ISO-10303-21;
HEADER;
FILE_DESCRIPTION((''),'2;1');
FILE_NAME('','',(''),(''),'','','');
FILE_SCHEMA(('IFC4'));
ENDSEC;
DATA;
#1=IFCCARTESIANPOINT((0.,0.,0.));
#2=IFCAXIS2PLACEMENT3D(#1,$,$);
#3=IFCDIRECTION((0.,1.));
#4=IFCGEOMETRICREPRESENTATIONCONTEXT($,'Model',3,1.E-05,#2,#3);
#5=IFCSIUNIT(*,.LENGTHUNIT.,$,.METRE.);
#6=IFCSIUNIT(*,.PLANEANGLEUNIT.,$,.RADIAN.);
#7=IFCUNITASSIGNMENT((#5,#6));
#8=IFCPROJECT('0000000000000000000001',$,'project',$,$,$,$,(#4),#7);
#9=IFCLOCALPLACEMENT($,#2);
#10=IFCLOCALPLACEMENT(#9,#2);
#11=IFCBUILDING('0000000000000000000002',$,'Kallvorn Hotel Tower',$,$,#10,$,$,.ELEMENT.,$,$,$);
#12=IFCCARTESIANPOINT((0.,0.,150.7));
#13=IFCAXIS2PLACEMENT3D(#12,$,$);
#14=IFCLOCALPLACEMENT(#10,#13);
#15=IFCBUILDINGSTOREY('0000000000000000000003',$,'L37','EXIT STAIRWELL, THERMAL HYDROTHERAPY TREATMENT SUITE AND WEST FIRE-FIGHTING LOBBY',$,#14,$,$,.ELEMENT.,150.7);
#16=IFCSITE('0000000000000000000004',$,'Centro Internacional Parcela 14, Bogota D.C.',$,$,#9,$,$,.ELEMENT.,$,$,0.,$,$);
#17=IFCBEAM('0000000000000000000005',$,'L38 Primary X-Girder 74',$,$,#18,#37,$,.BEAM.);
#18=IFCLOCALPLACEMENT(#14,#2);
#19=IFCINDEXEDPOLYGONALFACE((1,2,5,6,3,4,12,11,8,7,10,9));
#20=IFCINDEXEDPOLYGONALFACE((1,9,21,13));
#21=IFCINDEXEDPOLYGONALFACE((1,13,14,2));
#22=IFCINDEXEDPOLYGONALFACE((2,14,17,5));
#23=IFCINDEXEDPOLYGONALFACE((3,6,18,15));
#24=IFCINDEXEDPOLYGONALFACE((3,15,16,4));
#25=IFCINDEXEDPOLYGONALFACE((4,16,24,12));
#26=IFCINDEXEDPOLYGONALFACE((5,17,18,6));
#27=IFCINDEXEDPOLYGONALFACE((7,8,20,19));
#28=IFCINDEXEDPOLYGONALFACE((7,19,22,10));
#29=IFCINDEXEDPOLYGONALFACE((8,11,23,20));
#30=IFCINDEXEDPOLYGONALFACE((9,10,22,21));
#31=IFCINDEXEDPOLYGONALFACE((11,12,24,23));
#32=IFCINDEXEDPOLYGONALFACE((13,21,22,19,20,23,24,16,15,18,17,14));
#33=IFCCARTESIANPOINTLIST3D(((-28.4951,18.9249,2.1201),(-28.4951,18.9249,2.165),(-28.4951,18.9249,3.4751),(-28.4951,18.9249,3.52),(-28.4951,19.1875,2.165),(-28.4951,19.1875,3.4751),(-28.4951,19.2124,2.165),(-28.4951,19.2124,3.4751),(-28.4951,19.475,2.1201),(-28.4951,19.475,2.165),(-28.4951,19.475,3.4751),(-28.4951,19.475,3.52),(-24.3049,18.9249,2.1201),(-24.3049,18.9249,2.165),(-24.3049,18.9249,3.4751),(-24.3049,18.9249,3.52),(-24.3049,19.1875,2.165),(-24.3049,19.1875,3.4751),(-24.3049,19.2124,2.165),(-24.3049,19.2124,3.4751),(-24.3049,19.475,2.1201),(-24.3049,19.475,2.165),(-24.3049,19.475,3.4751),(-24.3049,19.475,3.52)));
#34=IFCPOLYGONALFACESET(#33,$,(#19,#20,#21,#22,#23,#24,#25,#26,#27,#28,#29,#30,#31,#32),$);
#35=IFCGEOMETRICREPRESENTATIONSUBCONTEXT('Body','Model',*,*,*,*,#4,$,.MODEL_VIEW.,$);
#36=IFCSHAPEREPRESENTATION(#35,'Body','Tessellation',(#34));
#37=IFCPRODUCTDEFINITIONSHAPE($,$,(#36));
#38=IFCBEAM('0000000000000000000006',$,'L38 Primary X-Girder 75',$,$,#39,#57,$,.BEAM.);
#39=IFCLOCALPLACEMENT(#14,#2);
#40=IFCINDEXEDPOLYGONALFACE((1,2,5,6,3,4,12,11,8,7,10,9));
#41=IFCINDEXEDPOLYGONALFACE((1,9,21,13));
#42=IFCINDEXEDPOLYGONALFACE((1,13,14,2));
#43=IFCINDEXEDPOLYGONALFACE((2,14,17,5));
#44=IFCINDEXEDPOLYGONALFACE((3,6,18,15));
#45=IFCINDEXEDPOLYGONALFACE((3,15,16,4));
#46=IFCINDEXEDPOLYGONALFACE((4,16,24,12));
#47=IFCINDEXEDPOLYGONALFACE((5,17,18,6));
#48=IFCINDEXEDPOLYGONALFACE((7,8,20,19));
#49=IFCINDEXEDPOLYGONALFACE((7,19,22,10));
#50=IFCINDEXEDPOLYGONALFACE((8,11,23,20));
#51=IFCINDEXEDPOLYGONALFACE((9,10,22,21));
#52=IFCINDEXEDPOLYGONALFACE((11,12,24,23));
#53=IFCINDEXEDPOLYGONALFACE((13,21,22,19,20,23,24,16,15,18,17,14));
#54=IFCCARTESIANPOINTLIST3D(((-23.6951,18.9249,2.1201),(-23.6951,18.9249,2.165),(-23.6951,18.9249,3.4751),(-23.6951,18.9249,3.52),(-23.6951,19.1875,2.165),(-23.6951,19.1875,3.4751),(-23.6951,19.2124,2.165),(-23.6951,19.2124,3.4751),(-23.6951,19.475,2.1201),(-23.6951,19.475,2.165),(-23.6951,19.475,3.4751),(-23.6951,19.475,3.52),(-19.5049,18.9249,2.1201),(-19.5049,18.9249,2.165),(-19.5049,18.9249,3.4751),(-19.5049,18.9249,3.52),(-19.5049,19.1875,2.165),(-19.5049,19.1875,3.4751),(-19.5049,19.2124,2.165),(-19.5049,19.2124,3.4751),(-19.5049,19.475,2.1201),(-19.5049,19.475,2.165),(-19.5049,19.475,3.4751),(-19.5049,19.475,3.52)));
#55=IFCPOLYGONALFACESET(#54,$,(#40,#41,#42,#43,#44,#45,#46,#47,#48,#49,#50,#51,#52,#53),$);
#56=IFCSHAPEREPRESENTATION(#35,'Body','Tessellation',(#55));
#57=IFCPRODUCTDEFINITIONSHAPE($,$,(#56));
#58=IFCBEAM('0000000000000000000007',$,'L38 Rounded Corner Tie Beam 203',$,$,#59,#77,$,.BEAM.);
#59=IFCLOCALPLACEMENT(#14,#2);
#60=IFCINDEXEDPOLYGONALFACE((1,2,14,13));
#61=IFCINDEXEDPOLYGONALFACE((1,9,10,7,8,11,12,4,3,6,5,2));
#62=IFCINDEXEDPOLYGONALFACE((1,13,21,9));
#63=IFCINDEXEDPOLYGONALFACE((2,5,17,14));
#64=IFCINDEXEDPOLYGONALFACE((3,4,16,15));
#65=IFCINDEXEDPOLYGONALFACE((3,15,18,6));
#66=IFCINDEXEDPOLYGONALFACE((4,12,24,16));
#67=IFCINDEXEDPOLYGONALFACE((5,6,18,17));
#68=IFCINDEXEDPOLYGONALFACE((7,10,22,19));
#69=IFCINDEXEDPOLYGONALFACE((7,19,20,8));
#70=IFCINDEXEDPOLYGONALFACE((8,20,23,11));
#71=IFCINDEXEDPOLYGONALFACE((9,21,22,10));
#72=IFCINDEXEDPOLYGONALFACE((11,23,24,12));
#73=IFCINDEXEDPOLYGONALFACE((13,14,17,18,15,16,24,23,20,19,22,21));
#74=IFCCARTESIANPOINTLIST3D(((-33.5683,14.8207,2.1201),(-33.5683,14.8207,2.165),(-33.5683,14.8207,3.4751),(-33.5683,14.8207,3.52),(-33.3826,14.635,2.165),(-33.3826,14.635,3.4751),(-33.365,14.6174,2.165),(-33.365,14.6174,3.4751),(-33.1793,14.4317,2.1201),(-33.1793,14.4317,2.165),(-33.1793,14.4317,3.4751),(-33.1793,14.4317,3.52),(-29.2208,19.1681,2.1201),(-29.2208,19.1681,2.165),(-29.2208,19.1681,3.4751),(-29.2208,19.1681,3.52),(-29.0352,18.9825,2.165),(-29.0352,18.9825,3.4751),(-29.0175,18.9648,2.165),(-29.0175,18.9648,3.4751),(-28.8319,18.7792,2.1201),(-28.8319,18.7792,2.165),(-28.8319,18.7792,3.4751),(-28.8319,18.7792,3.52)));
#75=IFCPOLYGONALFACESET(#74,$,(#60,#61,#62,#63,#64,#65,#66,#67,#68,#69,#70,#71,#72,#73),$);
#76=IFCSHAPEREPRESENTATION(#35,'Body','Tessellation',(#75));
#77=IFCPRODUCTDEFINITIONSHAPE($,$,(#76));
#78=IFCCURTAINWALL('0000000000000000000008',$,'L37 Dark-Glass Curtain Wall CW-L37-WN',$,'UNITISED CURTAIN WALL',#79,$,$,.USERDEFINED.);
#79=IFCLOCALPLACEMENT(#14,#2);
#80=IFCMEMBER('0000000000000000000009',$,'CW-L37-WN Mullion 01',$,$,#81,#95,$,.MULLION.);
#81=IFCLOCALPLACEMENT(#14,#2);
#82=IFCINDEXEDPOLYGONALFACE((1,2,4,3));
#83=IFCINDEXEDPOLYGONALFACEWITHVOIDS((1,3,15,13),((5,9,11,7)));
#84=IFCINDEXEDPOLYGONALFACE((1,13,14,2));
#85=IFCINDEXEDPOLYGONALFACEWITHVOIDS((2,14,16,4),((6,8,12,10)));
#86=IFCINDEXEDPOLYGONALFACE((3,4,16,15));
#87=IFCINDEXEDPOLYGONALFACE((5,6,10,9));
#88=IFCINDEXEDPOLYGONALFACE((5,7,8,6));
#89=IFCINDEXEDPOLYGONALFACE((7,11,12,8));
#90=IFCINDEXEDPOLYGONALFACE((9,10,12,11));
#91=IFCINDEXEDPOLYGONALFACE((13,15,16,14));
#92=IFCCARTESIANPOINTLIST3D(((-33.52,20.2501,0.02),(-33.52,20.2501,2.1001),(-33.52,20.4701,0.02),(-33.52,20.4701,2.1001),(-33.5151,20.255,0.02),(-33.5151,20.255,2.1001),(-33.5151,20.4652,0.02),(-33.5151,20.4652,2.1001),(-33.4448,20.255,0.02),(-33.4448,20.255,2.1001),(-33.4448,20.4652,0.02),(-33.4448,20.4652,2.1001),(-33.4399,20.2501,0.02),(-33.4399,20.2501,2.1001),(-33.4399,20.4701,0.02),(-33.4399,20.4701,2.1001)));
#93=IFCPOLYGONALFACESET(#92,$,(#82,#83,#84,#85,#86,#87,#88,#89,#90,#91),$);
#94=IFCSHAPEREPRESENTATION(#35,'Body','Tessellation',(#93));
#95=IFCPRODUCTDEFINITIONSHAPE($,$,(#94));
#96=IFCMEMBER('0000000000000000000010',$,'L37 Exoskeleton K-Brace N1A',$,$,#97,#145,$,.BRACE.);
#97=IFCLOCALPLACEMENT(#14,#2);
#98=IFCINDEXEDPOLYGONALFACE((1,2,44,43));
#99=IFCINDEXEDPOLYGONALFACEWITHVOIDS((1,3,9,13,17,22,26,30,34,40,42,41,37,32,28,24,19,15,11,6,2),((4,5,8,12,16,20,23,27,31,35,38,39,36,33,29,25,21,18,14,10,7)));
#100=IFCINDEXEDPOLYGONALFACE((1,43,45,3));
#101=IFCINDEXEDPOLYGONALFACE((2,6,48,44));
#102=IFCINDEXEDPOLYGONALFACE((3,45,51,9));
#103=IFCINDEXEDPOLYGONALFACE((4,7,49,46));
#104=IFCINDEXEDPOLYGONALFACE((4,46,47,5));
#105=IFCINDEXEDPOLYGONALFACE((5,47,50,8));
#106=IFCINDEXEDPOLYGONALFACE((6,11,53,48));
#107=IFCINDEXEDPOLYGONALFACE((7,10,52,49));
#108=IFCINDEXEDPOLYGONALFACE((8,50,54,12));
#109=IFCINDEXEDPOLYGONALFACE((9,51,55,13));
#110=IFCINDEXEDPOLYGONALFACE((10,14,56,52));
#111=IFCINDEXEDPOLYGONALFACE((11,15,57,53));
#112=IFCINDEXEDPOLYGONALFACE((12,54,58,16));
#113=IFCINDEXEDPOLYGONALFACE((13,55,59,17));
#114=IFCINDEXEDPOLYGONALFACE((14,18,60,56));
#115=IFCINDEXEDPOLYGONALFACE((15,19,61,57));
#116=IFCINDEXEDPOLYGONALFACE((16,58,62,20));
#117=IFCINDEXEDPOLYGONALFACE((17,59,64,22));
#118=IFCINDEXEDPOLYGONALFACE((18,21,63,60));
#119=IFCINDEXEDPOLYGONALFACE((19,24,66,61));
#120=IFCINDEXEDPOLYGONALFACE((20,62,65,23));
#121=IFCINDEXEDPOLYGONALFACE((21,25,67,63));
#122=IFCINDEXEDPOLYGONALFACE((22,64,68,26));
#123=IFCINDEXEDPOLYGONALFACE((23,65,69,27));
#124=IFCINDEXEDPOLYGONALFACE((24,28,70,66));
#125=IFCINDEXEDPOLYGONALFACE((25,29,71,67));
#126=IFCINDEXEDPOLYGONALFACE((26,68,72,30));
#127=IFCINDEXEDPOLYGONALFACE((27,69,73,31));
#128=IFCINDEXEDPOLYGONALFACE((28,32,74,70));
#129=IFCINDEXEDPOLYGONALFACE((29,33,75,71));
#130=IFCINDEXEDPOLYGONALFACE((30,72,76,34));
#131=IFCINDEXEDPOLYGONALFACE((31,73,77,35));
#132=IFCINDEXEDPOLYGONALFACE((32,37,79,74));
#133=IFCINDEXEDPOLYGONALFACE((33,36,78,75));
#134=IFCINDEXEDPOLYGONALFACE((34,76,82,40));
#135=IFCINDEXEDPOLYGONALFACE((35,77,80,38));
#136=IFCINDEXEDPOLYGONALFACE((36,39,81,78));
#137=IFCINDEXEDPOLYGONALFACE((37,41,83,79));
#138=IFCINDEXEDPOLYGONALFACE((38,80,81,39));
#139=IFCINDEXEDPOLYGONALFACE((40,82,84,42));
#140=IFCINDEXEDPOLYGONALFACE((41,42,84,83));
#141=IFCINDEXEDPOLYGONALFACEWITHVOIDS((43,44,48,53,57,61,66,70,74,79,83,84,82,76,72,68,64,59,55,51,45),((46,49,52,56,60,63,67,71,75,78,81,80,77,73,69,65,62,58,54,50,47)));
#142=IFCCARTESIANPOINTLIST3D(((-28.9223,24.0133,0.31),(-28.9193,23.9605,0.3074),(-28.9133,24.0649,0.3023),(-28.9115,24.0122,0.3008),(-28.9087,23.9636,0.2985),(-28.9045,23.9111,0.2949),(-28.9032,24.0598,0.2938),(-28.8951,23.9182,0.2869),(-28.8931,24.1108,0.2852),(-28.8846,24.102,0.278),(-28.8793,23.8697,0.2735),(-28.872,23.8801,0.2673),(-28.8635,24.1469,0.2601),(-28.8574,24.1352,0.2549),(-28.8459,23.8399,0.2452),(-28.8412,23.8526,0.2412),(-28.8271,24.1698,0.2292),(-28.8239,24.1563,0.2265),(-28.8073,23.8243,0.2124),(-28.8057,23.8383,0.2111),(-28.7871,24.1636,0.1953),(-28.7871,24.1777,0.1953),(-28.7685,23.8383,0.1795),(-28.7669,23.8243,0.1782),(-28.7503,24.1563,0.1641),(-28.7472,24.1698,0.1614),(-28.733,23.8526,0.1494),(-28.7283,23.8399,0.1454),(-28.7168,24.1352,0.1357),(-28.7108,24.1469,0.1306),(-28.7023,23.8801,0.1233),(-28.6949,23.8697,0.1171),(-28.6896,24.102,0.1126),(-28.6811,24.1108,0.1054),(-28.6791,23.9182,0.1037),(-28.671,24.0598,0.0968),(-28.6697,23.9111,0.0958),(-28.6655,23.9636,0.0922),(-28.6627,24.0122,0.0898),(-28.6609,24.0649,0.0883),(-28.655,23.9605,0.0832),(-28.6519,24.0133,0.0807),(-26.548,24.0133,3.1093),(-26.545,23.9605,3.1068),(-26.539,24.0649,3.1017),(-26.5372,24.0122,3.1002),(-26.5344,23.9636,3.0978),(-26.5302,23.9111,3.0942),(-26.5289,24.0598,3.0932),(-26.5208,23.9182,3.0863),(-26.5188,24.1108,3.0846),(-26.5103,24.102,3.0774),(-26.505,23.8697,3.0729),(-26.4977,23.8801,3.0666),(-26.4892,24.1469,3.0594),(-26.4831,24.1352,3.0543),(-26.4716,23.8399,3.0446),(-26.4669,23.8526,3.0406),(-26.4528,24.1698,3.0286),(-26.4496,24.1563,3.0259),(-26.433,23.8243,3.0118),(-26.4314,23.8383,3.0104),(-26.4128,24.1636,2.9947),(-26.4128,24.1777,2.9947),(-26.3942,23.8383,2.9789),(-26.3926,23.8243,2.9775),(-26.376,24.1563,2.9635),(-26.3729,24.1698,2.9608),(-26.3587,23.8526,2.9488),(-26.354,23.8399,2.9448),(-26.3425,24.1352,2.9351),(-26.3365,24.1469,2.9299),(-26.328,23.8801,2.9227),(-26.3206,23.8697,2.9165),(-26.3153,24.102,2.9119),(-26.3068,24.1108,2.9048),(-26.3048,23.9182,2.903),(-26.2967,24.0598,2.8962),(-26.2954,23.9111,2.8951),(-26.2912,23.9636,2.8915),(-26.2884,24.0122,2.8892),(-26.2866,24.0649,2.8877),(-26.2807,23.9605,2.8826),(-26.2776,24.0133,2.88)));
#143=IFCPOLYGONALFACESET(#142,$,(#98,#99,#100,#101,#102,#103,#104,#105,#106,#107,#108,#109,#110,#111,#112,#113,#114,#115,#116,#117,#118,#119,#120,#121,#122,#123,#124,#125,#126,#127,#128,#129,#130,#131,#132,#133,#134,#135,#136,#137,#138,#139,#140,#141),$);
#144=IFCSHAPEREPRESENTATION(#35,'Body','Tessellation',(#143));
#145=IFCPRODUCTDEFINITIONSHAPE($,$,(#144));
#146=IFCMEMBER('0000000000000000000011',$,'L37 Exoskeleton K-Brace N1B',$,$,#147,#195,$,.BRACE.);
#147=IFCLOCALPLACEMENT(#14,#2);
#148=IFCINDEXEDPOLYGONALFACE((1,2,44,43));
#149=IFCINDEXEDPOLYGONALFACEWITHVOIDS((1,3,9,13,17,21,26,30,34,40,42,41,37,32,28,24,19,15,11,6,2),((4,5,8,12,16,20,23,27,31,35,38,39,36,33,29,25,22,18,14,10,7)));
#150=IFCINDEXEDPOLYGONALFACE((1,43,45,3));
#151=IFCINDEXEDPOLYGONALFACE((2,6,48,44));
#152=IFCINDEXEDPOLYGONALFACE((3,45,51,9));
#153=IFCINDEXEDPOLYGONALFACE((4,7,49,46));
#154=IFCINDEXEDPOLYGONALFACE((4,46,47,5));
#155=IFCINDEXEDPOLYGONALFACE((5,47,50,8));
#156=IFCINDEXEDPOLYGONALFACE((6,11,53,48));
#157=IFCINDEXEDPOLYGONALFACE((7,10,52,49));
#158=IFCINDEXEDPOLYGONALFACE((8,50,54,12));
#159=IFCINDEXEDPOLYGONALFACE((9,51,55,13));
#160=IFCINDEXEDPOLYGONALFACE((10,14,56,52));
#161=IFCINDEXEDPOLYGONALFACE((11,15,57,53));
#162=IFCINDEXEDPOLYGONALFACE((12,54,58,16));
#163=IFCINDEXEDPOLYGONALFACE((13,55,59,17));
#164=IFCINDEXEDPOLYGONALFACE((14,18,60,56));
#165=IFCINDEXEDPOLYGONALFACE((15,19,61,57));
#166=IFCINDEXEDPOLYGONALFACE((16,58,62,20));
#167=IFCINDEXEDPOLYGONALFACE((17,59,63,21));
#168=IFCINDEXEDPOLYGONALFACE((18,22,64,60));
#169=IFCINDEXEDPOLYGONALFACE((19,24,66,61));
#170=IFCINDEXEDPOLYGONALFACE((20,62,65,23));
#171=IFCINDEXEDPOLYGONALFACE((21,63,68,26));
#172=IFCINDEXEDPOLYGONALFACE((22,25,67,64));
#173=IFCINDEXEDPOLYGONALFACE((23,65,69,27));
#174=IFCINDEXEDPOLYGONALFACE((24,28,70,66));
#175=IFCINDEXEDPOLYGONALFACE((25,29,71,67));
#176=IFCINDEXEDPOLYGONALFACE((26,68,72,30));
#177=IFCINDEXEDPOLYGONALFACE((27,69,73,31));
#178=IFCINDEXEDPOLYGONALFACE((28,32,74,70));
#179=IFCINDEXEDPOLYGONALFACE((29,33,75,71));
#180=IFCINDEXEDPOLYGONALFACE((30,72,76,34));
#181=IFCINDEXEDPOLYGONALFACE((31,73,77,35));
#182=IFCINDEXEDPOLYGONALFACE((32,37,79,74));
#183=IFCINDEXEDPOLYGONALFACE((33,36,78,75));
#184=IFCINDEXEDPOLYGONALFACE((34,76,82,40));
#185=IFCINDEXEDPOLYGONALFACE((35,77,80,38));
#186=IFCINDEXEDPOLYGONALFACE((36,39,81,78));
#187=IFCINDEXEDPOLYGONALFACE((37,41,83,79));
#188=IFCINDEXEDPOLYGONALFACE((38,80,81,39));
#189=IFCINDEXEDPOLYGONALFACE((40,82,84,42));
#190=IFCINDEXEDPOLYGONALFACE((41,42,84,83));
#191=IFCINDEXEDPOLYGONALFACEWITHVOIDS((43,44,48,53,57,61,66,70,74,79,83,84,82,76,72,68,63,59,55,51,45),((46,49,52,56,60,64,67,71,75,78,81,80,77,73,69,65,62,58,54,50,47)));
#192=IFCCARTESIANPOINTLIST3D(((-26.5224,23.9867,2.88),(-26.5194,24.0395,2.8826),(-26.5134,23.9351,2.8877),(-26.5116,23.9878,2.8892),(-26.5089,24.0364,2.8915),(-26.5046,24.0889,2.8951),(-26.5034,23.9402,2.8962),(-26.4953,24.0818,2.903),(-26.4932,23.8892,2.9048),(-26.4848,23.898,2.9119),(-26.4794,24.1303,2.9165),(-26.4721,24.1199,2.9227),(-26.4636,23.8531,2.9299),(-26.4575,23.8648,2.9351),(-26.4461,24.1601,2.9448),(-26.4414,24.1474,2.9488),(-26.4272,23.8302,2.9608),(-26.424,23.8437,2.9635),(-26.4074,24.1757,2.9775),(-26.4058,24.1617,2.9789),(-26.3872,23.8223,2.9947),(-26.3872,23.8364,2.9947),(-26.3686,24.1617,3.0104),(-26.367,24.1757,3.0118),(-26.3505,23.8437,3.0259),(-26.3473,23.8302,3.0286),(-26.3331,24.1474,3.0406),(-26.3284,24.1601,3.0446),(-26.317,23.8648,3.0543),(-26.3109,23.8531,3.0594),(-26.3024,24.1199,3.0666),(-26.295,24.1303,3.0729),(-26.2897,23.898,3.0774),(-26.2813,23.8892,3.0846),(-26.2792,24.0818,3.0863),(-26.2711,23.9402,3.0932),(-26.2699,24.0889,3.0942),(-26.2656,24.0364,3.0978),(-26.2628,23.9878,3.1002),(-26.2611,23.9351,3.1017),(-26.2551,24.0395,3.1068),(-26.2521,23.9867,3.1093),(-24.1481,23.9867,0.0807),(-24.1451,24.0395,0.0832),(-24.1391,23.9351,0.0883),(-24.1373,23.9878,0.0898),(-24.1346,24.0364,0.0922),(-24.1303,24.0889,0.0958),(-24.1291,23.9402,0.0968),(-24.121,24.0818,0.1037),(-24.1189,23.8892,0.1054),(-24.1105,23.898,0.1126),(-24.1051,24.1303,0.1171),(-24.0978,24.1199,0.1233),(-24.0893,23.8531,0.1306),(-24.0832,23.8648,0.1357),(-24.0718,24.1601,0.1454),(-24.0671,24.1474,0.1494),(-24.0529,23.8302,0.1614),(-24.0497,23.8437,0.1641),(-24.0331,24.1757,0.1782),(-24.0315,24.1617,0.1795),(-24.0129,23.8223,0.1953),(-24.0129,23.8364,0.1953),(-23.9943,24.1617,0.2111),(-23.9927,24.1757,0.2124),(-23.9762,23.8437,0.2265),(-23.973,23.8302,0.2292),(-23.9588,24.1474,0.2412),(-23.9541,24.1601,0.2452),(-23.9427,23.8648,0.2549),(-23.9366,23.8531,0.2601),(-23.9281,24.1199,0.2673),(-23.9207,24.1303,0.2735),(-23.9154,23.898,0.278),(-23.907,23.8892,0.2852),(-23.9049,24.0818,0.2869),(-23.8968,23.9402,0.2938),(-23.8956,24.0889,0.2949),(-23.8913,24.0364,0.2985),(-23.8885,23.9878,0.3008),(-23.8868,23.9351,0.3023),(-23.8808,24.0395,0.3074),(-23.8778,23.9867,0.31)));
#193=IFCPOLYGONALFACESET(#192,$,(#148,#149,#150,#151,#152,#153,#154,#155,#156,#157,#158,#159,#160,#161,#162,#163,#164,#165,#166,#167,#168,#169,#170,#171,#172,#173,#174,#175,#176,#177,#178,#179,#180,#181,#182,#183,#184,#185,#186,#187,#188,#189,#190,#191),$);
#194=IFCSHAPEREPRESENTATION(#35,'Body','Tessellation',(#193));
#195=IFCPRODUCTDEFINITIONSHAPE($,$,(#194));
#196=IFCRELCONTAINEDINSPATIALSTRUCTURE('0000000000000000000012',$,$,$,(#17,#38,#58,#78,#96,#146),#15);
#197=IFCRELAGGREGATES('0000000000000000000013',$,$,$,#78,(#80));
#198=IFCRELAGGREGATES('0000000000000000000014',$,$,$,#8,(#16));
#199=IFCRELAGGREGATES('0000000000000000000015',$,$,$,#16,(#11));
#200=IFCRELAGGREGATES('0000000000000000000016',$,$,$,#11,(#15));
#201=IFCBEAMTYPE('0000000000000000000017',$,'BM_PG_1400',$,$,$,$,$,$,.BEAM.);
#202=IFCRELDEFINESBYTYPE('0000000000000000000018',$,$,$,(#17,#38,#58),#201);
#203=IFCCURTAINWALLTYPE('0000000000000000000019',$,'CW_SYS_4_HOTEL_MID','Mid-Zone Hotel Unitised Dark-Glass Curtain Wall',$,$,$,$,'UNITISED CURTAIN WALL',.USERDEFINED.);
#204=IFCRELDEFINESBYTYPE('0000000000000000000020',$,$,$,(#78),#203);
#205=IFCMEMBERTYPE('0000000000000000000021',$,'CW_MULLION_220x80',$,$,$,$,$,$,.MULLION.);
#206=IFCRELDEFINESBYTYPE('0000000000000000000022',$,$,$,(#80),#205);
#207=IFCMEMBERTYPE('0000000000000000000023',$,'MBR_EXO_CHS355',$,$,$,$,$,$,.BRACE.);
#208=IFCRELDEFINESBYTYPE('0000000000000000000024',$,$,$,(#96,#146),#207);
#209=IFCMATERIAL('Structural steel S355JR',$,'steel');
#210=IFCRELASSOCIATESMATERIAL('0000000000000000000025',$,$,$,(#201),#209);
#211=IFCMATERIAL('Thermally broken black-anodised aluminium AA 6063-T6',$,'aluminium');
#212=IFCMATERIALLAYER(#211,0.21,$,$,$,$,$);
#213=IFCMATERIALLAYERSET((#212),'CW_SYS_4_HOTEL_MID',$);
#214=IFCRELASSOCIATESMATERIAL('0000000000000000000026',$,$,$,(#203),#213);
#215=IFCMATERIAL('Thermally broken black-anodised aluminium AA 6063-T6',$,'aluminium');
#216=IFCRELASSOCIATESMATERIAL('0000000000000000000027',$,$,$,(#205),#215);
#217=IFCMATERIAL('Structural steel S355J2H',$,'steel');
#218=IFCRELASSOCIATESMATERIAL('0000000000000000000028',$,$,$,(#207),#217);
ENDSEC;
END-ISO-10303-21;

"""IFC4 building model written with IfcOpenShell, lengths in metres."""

from ifc_helpers import new_model, si_unit, direction, frame, origin, origin_2d, place, context, subcontext, project, spatial, hollow_rectangle, hollow_circle, i_section, extrude, material, layer, layer_set, material_profile, profile_set, type_object, element, aggregate, save


model = new_model("IFC4")

# Units and contexts
model_context = context("Model", 3, precision=1e-05, world=origin(), true_north=direction((0.0, 1.0)))
body_context = subcontext(model_context, "Body", "Model", "MODEL_VIEW")
ifc_project = project(units=[si_unit("LENGTHUNIT", "METRE"), si_unit("PLANEANGLEUNIT", "RADIAN")], contexts=[model_context])

# Site, building, storey
site_placement = place(None, origin())
site = spatial("IfcSite", under=ifc_project, at=site_placement, Name="Centro Internacional Parcela 14, Bogota D.C.", CompositionType="ELEMENT", RefElevation=0.0)
building_placement = place(site_placement, origin())
building = spatial("IfcBuilding", under=site, at=building_placement, Name="Kallvorn Hotel Tower", CompositionType="ELEMENT")
storey_placement = place(building_placement, frame((0.0, 0.0, 150.7)))
storey = spatial("IfcBuildingStorey", under=building, at=storey_placement, Name="L37", Description="EXIT STAIRWELL, THERMAL HYDROTHERAPY TREATMENT SUITE AND WEST FIRE-FIGHTING LOBBY", CompositionType="ELEMENT", Elevation=150.7)

# Beams
ifc_material_1 = material(Name="Structural steel S355JR", Category="steel")
ifc_material_profile_1 = material_profile(ifc_material_1, i_section(OverallWidth=0.55, OverallDepth=1.3999, WebThickness=0.0249, FlangeThickness=0.0449, at=origin_2d()), Name="PG 1400x550x25x45")
ifc_profile_set_1 = profile_set([ifc_material_profile_1], Name="Structural steel S355JR")
beam_type_1 = type_object("IfcBeamType", Name="BM_PG_1400", PredefinedType="BEAM", material=ifc_profile_set_1)
for number, where, z_axis, x_axis, name in (
    (1, (-28.4951, 19.2, 2.8201), (1.0, 0.0, 0.0), (0.0, 1.0, 0.0), "L38 Primary X-Girder 74"),
    (2, (-23.6951, 19.2, 2.8201), (1.0, 0.0, 0.0), (0.0, 1.0, 0.0), "L38 Primary X-Girder 75"),
):
    element("IfcBeam", number, at=place(storey_placement, frame(where, z_axis=z_axis, x_axis=x_axis)), inside=storey, type_object=beam_type_1, Name=name, PredefinedType="BEAM", context=body_context, shape_type="SweptSolid", body=[
        extrude(i_section(OverallWidth=0.55, OverallDepth=1.3999, WebThickness=0.0249, FlangeThickness=0.0449, at=origin_2d()), origin(), (0.0, 0.0, 1.0), 4.1902),
    ])
beam_1_placement = place(storey_placement, frame((-33.3738, 14.6262, 2.8201), z_axis=(0.707107, 0.707107, 0.0), x_axis=(-0.707107, 0.707107, 0.0)))
element("IfcBeam", 3, at=beam_1_placement, inside=storey, type_object=beam_type_1, Name="L38 Rounded Corner Tie Beam 203", PredefinedType="BEAM", context=body_context, shape_type="SweptSolid", body=[
    extrude(i_section(OverallWidth=0.55, OverallDepth=1.3999, WebThickness=0.0249, FlangeThickness=0.0449, at=origin_2d()), origin(), (0.0, 0.0, 1.0), 6.1482),
])

# Curtain wall, member
ifc_material_2 = material(Name="Thermally broken black-anodised aluminium AA 6063-T6", Category="aluminium")
ifc_layer_1 = layer(ifc_material_2, 0.21)
ifc_layer_set_1 = layer_set([ifc_layer_1], Name="CW_SYS_4_HOTEL_MID")
curtain_wall_type = type_object("IfcCurtainWallType", Name="CW_SYS_4_HOTEL_MID", Description="Mid-Zone Hotel Unitised Dark-Glass Curtain Wall", ElementType="UNITISED CURTAIN WALL", PredefinedType="USERDEFINED", material=ifc_layer_set_1)
curtain_wall_placement = place(storey_placement, origin())
curtain_wall = element("IfcCurtainWall", 4, at=curtain_wall_placement, inside=storey, type_object=curtain_wall_type, Name="L37 Dark-Glass Curtain Wall CW-L37-WN", ObjectType="UNITISED CURTAIN WALL", PredefinedType="USERDEFINED")
ifc_material_3 = material(Name="Thermally broken black-anodised aluminium AA 6063-T6", Category="aluminium")
ifc_material_profile_2 = material_profile(ifc_material_3, hollow_rectangle(XDim=0.0801, YDim=0.22, WallThickness=0.0049, at=origin_2d()), Name="MUL 220x80")
ifc_profile_set_2 = profile_set([ifc_material_profile_2], Name="Thermally broken black-anodised aluminium AA 6063-T6")
member_type_1 = type_object("IfcMemberType", Name="CW_MULLION_220x80", PredefinedType="MULLION", material=ifc_profile_set_2)
member_placement = place(storey_placement, frame((-33.48, 20.3601, 0.02), z_axis=(0.0, 0.0, 1.0), x_axis=(1.0, 0.0, 0.0)))
member = element("IfcMember", 5, at=member_placement, type_object=member_type_1, Name="CW-L37-WN Mullion 01", PredefinedType="MULLION", context=body_context, shape_type="SweptSolid", body=[
    extrude(hollow_rectangle(XDim=0.0801, YDim=0.22, WallThickness=0.0049, at=origin_2d()), origin(), (0.0, 0.0, 1.0), 2.0801),
])
aggregate(curtain_wall, [member])

# Members
ifc_material_4 = material(Name="Structural steel S355J2H", Category="steel")
ifc_material_profile_3 = material_profile(ifc_material_4, hollow_circle(Radius=0.1777, WallThickness=0.0142, at=origin_2d()), Name="CHS 355.6x14.2")
ifc_profile_set_3 = profile_set([ifc_material_profile_3], Name="Structural steel S355J2H")
member_type_2 = type_object("IfcMemberType", Name="MBR_EXO_CHS355", PredefinedType="BRACE", material=ifc_profile_set_3)
for number, where, z_axis, x_axis, name in (
    (6, (-28.7871, 24.0, 0.1953), (0.646833, 0.0, 0.762631), (0.0, 1.0, 0.0), "L37 Exoskeleton K-Brace N1A"),
    (7, (-24.0129, 24.0, 0.1953), (-0.646833, 0.0, 0.762631), (0.0, -1.0, 0.0), "L37 Exoskeleton K-Brace N1B"),
):
    element("IfcMember", number, at=place(storey_placement, frame(where, z_axis=z_axis, x_axis=x_axis)), inside=storey, type_object=member_type_2, Name=name, PredefinedType="BRACE", context=body_context, shape_type="SweptSolid", body=[
        extrude(hollow_circle(Radius=0.1777, WallThickness=0.0142, at=origin_2d()), origin(), (0.0, 0.0, 1.0), 3.6707),
    ])

save(model, "model.ifc")
